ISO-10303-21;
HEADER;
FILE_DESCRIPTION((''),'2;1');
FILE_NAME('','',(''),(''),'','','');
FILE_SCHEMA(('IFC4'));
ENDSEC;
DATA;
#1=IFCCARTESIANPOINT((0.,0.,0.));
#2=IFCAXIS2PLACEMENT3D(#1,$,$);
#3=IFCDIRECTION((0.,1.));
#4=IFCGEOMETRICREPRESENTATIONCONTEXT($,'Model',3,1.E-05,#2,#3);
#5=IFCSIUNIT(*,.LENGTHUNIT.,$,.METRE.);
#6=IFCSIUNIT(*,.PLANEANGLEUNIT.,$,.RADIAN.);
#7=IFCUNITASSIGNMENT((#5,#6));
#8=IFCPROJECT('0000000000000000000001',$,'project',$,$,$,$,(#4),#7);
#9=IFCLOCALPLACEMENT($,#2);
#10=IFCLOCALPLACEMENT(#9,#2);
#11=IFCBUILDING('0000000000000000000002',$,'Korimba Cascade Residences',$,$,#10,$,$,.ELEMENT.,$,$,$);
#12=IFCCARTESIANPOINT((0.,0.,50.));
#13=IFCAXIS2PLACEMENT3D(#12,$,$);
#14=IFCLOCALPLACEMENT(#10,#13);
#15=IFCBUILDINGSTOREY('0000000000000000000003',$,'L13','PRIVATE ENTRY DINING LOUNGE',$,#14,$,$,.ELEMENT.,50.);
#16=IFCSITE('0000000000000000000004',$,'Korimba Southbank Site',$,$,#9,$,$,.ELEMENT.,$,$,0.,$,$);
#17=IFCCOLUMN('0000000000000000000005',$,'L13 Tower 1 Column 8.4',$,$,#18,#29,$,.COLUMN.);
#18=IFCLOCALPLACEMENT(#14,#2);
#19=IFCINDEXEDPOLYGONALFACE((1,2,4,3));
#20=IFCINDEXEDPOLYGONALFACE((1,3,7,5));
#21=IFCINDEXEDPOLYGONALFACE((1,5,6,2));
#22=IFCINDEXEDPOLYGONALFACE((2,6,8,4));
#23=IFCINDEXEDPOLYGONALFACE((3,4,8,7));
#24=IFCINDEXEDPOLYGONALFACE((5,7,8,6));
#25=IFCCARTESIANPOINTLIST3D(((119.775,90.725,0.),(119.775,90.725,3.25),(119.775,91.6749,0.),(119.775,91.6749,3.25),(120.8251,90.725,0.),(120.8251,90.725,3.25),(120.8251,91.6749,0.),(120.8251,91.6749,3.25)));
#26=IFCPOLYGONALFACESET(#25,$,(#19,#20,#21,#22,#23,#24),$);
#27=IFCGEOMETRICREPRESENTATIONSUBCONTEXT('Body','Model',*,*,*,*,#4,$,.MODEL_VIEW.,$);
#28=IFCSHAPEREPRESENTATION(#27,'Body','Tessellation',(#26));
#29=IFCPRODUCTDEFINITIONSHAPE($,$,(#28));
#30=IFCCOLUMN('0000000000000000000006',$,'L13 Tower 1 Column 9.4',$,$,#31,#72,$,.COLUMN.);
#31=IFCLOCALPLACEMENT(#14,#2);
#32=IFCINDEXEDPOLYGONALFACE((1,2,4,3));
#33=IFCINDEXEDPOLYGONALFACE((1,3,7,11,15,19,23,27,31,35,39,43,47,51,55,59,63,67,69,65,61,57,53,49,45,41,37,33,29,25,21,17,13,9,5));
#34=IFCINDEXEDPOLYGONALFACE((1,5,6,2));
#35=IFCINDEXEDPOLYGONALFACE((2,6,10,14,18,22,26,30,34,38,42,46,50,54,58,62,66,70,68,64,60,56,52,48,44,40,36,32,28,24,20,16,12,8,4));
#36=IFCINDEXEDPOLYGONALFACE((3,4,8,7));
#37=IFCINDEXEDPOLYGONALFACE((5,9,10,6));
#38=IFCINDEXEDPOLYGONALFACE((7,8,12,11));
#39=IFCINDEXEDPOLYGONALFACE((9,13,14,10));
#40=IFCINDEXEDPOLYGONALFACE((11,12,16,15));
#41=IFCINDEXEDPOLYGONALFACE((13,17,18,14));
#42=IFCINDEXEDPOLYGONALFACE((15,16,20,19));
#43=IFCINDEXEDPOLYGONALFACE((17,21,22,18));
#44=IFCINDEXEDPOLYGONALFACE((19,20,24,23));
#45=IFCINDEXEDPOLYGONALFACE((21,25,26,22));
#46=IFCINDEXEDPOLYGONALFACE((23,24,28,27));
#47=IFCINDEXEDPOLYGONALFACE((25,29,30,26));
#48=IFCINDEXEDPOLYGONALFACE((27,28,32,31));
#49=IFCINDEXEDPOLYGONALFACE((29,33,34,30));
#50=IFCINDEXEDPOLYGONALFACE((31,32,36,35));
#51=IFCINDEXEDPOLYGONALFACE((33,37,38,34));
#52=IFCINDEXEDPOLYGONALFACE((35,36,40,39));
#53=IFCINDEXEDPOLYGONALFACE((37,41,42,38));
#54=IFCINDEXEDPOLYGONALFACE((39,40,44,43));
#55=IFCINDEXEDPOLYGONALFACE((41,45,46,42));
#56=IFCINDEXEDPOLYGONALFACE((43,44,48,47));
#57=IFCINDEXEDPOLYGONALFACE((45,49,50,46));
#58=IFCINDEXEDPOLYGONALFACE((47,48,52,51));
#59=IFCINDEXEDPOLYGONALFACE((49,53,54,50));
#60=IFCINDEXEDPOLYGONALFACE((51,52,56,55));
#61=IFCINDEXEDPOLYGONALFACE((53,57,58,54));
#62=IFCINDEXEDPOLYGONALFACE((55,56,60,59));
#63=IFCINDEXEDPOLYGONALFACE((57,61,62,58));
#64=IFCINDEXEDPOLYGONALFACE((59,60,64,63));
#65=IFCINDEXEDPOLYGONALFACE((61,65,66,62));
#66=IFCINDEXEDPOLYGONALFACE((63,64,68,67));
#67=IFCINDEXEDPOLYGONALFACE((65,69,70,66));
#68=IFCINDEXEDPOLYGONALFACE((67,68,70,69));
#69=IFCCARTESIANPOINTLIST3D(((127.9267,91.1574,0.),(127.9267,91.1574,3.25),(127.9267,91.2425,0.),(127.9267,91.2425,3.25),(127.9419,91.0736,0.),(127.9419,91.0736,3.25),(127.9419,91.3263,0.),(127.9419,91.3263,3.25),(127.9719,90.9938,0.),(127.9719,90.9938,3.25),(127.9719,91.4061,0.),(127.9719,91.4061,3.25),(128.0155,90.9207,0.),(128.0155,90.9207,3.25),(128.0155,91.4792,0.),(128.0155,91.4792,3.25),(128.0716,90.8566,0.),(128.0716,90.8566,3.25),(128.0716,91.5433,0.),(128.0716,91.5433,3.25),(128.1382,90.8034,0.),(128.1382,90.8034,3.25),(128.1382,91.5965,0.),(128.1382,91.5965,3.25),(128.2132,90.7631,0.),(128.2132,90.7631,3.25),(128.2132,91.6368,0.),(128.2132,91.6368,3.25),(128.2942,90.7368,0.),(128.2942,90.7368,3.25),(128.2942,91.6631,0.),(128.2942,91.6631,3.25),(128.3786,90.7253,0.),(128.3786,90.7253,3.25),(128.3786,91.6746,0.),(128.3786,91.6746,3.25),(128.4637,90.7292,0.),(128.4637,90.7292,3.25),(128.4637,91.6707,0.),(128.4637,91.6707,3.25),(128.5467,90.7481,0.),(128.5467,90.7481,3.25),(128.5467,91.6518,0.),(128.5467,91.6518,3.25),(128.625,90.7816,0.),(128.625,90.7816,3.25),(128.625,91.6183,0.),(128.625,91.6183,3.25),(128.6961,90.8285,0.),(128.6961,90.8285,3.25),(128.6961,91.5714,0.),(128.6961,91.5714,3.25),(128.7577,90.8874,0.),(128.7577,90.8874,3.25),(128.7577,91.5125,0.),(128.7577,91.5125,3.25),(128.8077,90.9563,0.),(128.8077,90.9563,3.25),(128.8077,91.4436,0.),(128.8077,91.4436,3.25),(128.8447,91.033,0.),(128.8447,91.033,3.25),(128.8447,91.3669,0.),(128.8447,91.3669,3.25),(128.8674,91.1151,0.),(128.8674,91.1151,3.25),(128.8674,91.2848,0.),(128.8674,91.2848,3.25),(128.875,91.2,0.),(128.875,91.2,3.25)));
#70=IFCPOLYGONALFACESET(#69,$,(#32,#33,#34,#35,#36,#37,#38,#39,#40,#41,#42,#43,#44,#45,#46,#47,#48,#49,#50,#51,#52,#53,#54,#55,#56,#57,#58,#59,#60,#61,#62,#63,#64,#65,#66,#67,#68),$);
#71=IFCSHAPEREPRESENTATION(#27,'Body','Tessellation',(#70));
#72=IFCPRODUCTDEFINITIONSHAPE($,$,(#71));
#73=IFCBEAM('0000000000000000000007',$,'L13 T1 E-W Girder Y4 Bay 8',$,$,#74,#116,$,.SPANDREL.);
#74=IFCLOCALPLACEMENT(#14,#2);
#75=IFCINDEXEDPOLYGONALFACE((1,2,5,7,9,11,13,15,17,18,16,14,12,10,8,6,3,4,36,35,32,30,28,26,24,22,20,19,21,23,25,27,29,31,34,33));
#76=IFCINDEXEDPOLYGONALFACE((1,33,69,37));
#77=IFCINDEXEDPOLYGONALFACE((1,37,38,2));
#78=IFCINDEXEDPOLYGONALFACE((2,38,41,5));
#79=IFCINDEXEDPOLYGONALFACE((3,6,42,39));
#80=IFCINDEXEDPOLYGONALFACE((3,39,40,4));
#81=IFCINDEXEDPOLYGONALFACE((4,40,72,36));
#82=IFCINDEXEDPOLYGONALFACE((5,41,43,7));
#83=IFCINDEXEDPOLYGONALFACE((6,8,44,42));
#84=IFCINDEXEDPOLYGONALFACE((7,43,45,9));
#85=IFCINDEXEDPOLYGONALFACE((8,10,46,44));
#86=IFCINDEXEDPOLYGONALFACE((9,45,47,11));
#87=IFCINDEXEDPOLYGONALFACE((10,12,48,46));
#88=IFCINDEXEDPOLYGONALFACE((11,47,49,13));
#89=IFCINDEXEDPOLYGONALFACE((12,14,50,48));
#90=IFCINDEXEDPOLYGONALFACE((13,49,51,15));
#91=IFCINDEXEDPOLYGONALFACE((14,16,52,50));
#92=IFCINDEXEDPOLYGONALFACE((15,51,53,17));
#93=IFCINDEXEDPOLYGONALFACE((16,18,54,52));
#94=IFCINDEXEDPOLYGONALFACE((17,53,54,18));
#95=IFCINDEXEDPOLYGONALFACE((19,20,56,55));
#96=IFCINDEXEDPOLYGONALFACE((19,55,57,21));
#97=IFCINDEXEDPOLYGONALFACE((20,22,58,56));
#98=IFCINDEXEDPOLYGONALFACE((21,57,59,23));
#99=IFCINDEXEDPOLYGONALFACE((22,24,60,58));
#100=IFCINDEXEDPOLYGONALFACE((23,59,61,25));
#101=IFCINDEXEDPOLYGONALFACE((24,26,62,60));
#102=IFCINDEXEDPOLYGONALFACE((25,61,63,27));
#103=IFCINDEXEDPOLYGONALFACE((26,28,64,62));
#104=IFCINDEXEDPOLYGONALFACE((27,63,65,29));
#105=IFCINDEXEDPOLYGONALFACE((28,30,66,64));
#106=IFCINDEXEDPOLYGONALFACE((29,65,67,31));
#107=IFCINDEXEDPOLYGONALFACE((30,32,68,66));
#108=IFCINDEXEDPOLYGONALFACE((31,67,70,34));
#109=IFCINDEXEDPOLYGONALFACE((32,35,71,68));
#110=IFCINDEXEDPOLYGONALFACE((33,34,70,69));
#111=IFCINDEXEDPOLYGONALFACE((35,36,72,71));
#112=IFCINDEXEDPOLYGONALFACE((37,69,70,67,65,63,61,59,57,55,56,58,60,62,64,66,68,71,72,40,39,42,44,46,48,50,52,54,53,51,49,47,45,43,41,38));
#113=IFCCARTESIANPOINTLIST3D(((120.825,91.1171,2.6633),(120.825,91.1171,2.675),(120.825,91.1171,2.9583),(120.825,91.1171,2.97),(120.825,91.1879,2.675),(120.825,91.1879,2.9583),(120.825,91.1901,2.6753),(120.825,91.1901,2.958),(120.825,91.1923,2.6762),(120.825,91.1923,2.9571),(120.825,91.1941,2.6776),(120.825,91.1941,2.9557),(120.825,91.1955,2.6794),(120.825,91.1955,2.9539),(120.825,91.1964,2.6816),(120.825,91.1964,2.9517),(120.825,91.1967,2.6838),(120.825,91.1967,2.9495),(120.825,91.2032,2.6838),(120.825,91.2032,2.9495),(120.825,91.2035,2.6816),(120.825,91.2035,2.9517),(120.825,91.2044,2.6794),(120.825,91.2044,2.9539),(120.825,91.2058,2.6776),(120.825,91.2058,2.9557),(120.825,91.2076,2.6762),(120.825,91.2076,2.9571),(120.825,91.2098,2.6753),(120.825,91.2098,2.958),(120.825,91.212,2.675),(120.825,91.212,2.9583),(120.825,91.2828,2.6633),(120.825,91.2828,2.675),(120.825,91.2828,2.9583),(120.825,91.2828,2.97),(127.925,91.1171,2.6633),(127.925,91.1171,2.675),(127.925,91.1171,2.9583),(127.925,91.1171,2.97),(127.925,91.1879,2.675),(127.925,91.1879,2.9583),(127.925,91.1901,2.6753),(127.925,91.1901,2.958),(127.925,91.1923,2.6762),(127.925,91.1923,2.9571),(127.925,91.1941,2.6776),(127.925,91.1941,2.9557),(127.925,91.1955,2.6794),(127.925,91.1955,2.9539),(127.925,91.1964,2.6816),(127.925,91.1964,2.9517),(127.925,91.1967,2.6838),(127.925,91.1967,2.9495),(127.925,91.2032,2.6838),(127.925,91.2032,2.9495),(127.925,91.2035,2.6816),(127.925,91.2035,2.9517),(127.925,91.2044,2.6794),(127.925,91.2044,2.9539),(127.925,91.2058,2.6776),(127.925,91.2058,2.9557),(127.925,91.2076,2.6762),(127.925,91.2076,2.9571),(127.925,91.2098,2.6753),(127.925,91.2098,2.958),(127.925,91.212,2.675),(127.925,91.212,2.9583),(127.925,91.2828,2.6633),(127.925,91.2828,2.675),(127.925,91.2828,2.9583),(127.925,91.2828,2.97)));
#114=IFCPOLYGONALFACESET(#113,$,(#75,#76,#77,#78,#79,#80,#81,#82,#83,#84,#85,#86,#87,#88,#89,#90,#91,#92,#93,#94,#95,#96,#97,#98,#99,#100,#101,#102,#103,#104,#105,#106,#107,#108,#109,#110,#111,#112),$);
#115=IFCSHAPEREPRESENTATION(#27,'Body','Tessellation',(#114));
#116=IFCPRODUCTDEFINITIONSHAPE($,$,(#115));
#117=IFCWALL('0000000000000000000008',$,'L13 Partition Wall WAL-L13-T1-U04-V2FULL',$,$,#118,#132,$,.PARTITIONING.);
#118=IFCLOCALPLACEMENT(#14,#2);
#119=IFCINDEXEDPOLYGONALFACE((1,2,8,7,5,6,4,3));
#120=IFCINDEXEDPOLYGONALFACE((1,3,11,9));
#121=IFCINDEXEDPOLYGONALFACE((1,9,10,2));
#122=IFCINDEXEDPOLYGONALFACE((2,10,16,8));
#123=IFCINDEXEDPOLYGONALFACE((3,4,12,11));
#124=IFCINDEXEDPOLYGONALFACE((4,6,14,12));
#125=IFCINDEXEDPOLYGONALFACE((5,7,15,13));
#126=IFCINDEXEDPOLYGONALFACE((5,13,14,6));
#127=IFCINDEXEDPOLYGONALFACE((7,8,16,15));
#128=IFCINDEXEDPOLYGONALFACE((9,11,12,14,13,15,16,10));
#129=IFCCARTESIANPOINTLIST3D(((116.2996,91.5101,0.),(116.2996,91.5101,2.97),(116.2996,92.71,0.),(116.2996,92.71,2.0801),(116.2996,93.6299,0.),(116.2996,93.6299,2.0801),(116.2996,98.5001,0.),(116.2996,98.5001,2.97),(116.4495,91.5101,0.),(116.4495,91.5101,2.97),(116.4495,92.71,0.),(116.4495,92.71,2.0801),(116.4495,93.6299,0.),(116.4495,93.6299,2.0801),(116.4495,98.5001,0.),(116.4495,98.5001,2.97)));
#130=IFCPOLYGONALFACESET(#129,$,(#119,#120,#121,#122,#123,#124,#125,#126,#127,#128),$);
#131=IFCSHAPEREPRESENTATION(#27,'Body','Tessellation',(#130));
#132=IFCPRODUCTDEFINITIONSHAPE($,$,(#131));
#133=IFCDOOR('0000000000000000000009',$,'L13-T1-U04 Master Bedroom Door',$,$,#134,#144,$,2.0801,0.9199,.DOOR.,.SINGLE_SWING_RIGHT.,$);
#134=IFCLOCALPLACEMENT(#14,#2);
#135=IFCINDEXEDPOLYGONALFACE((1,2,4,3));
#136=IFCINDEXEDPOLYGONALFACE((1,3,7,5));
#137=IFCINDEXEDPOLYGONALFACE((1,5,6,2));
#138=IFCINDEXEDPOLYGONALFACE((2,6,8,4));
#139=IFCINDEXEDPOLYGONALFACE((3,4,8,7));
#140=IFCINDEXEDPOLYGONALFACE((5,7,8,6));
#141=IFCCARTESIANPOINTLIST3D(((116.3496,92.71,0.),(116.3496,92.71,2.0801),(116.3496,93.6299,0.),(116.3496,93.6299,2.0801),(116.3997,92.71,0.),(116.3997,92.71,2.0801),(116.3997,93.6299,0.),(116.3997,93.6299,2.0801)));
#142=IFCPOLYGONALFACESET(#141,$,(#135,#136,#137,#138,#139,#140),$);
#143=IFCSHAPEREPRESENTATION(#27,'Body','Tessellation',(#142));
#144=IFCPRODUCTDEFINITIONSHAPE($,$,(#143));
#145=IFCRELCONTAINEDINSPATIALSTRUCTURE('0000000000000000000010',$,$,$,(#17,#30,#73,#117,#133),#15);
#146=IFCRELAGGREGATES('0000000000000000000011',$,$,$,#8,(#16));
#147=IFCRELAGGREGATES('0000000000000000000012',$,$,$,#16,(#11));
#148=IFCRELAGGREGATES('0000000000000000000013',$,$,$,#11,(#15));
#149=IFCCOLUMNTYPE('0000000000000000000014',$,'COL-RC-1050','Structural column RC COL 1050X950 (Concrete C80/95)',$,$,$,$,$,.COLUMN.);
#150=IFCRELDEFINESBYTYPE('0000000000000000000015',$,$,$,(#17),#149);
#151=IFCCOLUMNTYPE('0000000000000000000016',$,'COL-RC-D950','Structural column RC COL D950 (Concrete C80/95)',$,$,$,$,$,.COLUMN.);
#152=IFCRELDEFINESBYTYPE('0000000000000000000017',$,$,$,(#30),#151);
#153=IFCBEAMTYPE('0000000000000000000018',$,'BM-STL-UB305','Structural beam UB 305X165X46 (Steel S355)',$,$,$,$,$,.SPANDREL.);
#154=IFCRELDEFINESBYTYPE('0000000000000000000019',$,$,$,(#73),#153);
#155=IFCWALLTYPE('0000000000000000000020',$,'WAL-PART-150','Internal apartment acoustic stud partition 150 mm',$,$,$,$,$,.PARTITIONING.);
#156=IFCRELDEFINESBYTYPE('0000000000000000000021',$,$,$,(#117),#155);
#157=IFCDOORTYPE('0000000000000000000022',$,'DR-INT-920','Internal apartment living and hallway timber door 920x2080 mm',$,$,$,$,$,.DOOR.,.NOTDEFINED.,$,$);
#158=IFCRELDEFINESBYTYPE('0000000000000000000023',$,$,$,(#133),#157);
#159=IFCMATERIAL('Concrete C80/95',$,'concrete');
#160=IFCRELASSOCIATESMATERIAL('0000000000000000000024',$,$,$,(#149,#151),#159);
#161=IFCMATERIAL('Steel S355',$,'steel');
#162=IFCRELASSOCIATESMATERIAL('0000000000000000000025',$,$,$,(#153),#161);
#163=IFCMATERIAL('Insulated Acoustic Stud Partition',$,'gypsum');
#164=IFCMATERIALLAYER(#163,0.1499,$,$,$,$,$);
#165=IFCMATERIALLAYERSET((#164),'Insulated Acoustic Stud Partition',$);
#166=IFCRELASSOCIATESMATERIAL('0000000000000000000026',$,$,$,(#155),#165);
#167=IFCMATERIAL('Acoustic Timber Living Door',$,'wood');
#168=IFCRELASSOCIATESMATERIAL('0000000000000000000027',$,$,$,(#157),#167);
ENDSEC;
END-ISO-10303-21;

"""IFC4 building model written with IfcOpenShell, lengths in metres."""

from ifc_helpers import new_model, si_unit, direction, frame, frame_2d, origin, origin_2d, place, context, subcontext, project, spatial, rectangle, circle, i_section, extrude, material, layer, layer_set, material_profile, profile_set, type_object, element, fill, save


model = new_model("IFC4")

# Units and contexts
model_context = context("Model", 3, precision=1e-05, world=origin(), true_north=direction((0.0, 1.0)))
body_context = subcontext(model_context, "Body", "Model", "MODEL_VIEW")
ifc_project = project(units=[si_unit("LENGTHUNIT", "METRE"), si_unit("PLANEANGLEUNIT", "RADIAN")], contexts=[model_context])

# Site, building, storey
site_placement = place(None, origin())
site = spatial("IfcSite", under=ifc_project, at=site_placement, Name="Korimba Southbank Site", CompositionType="ELEMENT", RefElevation=0.0)
building_placement = place(site_placement, origin())
building = spatial("IfcBuilding", under=site, at=building_placement, Name="Korimba Cascade Residences", CompositionType="ELEMENT")
storey_placement = place(building_placement, frame((0.0, 0.0, 50.0)))
storey = spatial("IfcBuildingStorey", under=building, at=storey_placement, Name="L13", Description="PRIVATE ENTRY DINING LOUNGE", CompositionType="ELEMENT", Elevation=50.0)

# Columns
ifc_material_1 = material(Name="Concrete C80/95", Category="concrete")
ifc_material_profile_1 = material_profile(ifc_material_1, rectangle(XDim=1.05, YDim=0.95, at=origin_2d()), Name="Concrete C80/95")
ifc_profile_set_1 = profile_set([ifc_material_profile_1], Name="Concrete C80/95")
column_type_1 = type_object("IfcColumnType", Name="COL-RC-1050", Description="Structural column RC COL 1050X950 (Concrete C80/95)", PredefinedType="COLUMN", material=ifc_profile_set_1)
column_1_placement = place(storey_placement, frame((120.3, 91.2, 0.0), z_axis=(0.0, 0.0, 1.0), x_axis=(1.0, 0.0, 0.0)))
element("IfcColumn", 1, at=column_1_placement, inside=storey, type_object=column_type_1, Name="L13 Tower 1 Column 8.4", PredefinedType="COLUMN", context=body_context, shape_type="SweptSolid", body=[
    extrude(rectangle(XDim=1.05, YDim=0.95, at=origin_2d()), origin(), (0.0, 0.0, 1.0), 3.25),
])
ifc_material_profile_2 = material_profile(ifc_material_1, circle(Radius=0.4751, at=origin_2d()), Name="Concrete C80/95")
ifc_profile_set_2 = profile_set([ifc_material_profile_2], Name="Concrete C80/95")
column_type_2 = type_object("IfcColumnType", Name="COL-RC-D950", Description="Structural column RC COL D950 (Concrete C80/95)", PredefinedType="COLUMN", material=ifc_profile_set_2)
column_2_placement = place(storey_placement, frame((128.3999, 91.2, 0.0), z_axis=(0.0, 0.0, 1.0), x_axis=(1.0, 0.0, 0.0)))
element("IfcColumn", 2, at=column_2_placement, inside=storey, type_object=column_type_2, Name="L13 Tower 1 Column 9.4", PredefinedType="COLUMN", context=body_context, shape_type="SweptSolid", body=[
    extrude(circle(Radius=0.4751, at=origin_2d()), origin(), (0.0, 0.0, 1.0), 3.25),
])

# Beam
ifc_material_2 = material(Name="Steel S355", Category="steel")
ifc_material_profile_3 = material_profile(ifc_material_2, i_section(OverallWidth=0.1658, OverallDepth=0.3066, WebThickness=0.0066, FlangeThickness=0.0117, FilletRadius=0.0088, at=origin_2d()), Name="Steel S355")
ifc_profile_set_3 = profile_set([ifc_material_profile_3], Name="Steel S355")
beam_type = type_object("IfcBeamType", Name="BM-STL-UB305", Description="Structural beam UB 305X165X46 (Steel S355)", PredefinedType="SPANDREL", material=ifc_profile_set_3)
beam_placement = place(storey_placement, frame((120.825, 91.2, 2.8167), z_axis=(1.0, 0.0, 0.0), x_axis=(0.0, 1.0, 0.0)))
element("IfcBeam", 3, at=beam_placement, inside=storey, type_object=beam_type, Name="L13 T1 E-W Girder Y4 Bay 8", PredefinedType="SPANDREL", context=body_context, shape_type="SweptSolid", body=[
    extrude(i_section(OverallWidth=0.1658, OverallDepth=0.3066, WebThickness=0.0066, FlangeThickness=0.0117, FilletRadius=0.0088, at=origin_2d()), origin(), (0.0, 0.0, 1.0), 7.1001),
])

# Wall, opening, door
ifc_material_3 = material(Name="Insulated Acoustic Stud Partition", Category="gypsum")
ifc_layer = layer(ifc_material_3, 0.1499)
ifc_layer_set = layer_set([ifc_layer], Name="Insulated Acoustic Stud Partition")
wall_type = type_object("IfcWallType", Name="WAL-PART-150", Description="Internal apartment acoustic stud partition 150 mm", PredefinedType="PARTITIONING", material=ifc_layer_set)
wall_1_placement = place(storey_placement, frame((116.3745, 91.51, 0.0), z_axis=(0.0, 0.0, 1.0), x_axis=(0.0, 1.0, 0.0)))
wall_1 = element("IfcWall", 4, at=wall_1_placement, inside=storey, type_object=wall_type, Name="L13 Partition Wall WAL-L13-T1-U04-V2FULL", PredefinedType="PARTITIONING", context=body_context, shape_type="SweptSolid", body=[
    extrude(rectangle(XDim=6.99, YDim=0.1499, at=frame_2d((3.4951, 0.0))), origin(), (0.0, 0.0, 1.0), 2.97),
])
opening_1_placement = place(wall_1_placement, frame((1.2, 0.0, 0.0)))
opening_1 = element("IfcOpeningElement", 5, at=opening_1_placement, cuts=wall_1, PredefinedType="OPENING", context=body_context, shape_type="SweptSolid", body=[
    extrude(rectangle(XDim=0.9199, YDim=2.0801, at=frame_2d((0.46, 1.04))), frame((0.0, 0.085, 0.0), z_axis=(0.0, -1.0, 0.0), x_axis=(1.0, 0.0, 0.0)), (0.0, 0.0, 1.0), 0.1699),
])
ifc_material_4 = material(Name="Acoustic Timber Living Door", Category="wood")
door_type_1 = type_object("IfcDoorType", Name="DR-INT-920", Description="Internal apartment living and hallway timber door 920x2080 mm", OperationType="NOTDEFINED", PredefinedType="DOOR", material=ifc_material_4)
door_1_placement = place(opening_1_placement, origin())
door_1 = element("IfcDoor", 6, at=door_1_placement, inside=storey, type_object=door_type_1, Name="L13-T1-U04 Master Bedroom Door", OperationType="SINGLE_SWING_RIGHT", OverallHeight=2.0801, OverallWidth=0.9199, PredefinedType="DOOR", context=body_context, shape_type="SweptSolid", body=[
    extrude(rectangle(XDim=0.9199, YDim=2.0801, at=frame_2d((0.46, 1.04))), frame((0.0, 0.0249, 0.0), z_axis=(0.0, -1.0, 0.0), x_axis=(1.0, 0.0, 0.0)), (0.0, 0.0, 1.0), 0.05),
])
fill(opening_1, door_1)

save(model, "model.ifc")
